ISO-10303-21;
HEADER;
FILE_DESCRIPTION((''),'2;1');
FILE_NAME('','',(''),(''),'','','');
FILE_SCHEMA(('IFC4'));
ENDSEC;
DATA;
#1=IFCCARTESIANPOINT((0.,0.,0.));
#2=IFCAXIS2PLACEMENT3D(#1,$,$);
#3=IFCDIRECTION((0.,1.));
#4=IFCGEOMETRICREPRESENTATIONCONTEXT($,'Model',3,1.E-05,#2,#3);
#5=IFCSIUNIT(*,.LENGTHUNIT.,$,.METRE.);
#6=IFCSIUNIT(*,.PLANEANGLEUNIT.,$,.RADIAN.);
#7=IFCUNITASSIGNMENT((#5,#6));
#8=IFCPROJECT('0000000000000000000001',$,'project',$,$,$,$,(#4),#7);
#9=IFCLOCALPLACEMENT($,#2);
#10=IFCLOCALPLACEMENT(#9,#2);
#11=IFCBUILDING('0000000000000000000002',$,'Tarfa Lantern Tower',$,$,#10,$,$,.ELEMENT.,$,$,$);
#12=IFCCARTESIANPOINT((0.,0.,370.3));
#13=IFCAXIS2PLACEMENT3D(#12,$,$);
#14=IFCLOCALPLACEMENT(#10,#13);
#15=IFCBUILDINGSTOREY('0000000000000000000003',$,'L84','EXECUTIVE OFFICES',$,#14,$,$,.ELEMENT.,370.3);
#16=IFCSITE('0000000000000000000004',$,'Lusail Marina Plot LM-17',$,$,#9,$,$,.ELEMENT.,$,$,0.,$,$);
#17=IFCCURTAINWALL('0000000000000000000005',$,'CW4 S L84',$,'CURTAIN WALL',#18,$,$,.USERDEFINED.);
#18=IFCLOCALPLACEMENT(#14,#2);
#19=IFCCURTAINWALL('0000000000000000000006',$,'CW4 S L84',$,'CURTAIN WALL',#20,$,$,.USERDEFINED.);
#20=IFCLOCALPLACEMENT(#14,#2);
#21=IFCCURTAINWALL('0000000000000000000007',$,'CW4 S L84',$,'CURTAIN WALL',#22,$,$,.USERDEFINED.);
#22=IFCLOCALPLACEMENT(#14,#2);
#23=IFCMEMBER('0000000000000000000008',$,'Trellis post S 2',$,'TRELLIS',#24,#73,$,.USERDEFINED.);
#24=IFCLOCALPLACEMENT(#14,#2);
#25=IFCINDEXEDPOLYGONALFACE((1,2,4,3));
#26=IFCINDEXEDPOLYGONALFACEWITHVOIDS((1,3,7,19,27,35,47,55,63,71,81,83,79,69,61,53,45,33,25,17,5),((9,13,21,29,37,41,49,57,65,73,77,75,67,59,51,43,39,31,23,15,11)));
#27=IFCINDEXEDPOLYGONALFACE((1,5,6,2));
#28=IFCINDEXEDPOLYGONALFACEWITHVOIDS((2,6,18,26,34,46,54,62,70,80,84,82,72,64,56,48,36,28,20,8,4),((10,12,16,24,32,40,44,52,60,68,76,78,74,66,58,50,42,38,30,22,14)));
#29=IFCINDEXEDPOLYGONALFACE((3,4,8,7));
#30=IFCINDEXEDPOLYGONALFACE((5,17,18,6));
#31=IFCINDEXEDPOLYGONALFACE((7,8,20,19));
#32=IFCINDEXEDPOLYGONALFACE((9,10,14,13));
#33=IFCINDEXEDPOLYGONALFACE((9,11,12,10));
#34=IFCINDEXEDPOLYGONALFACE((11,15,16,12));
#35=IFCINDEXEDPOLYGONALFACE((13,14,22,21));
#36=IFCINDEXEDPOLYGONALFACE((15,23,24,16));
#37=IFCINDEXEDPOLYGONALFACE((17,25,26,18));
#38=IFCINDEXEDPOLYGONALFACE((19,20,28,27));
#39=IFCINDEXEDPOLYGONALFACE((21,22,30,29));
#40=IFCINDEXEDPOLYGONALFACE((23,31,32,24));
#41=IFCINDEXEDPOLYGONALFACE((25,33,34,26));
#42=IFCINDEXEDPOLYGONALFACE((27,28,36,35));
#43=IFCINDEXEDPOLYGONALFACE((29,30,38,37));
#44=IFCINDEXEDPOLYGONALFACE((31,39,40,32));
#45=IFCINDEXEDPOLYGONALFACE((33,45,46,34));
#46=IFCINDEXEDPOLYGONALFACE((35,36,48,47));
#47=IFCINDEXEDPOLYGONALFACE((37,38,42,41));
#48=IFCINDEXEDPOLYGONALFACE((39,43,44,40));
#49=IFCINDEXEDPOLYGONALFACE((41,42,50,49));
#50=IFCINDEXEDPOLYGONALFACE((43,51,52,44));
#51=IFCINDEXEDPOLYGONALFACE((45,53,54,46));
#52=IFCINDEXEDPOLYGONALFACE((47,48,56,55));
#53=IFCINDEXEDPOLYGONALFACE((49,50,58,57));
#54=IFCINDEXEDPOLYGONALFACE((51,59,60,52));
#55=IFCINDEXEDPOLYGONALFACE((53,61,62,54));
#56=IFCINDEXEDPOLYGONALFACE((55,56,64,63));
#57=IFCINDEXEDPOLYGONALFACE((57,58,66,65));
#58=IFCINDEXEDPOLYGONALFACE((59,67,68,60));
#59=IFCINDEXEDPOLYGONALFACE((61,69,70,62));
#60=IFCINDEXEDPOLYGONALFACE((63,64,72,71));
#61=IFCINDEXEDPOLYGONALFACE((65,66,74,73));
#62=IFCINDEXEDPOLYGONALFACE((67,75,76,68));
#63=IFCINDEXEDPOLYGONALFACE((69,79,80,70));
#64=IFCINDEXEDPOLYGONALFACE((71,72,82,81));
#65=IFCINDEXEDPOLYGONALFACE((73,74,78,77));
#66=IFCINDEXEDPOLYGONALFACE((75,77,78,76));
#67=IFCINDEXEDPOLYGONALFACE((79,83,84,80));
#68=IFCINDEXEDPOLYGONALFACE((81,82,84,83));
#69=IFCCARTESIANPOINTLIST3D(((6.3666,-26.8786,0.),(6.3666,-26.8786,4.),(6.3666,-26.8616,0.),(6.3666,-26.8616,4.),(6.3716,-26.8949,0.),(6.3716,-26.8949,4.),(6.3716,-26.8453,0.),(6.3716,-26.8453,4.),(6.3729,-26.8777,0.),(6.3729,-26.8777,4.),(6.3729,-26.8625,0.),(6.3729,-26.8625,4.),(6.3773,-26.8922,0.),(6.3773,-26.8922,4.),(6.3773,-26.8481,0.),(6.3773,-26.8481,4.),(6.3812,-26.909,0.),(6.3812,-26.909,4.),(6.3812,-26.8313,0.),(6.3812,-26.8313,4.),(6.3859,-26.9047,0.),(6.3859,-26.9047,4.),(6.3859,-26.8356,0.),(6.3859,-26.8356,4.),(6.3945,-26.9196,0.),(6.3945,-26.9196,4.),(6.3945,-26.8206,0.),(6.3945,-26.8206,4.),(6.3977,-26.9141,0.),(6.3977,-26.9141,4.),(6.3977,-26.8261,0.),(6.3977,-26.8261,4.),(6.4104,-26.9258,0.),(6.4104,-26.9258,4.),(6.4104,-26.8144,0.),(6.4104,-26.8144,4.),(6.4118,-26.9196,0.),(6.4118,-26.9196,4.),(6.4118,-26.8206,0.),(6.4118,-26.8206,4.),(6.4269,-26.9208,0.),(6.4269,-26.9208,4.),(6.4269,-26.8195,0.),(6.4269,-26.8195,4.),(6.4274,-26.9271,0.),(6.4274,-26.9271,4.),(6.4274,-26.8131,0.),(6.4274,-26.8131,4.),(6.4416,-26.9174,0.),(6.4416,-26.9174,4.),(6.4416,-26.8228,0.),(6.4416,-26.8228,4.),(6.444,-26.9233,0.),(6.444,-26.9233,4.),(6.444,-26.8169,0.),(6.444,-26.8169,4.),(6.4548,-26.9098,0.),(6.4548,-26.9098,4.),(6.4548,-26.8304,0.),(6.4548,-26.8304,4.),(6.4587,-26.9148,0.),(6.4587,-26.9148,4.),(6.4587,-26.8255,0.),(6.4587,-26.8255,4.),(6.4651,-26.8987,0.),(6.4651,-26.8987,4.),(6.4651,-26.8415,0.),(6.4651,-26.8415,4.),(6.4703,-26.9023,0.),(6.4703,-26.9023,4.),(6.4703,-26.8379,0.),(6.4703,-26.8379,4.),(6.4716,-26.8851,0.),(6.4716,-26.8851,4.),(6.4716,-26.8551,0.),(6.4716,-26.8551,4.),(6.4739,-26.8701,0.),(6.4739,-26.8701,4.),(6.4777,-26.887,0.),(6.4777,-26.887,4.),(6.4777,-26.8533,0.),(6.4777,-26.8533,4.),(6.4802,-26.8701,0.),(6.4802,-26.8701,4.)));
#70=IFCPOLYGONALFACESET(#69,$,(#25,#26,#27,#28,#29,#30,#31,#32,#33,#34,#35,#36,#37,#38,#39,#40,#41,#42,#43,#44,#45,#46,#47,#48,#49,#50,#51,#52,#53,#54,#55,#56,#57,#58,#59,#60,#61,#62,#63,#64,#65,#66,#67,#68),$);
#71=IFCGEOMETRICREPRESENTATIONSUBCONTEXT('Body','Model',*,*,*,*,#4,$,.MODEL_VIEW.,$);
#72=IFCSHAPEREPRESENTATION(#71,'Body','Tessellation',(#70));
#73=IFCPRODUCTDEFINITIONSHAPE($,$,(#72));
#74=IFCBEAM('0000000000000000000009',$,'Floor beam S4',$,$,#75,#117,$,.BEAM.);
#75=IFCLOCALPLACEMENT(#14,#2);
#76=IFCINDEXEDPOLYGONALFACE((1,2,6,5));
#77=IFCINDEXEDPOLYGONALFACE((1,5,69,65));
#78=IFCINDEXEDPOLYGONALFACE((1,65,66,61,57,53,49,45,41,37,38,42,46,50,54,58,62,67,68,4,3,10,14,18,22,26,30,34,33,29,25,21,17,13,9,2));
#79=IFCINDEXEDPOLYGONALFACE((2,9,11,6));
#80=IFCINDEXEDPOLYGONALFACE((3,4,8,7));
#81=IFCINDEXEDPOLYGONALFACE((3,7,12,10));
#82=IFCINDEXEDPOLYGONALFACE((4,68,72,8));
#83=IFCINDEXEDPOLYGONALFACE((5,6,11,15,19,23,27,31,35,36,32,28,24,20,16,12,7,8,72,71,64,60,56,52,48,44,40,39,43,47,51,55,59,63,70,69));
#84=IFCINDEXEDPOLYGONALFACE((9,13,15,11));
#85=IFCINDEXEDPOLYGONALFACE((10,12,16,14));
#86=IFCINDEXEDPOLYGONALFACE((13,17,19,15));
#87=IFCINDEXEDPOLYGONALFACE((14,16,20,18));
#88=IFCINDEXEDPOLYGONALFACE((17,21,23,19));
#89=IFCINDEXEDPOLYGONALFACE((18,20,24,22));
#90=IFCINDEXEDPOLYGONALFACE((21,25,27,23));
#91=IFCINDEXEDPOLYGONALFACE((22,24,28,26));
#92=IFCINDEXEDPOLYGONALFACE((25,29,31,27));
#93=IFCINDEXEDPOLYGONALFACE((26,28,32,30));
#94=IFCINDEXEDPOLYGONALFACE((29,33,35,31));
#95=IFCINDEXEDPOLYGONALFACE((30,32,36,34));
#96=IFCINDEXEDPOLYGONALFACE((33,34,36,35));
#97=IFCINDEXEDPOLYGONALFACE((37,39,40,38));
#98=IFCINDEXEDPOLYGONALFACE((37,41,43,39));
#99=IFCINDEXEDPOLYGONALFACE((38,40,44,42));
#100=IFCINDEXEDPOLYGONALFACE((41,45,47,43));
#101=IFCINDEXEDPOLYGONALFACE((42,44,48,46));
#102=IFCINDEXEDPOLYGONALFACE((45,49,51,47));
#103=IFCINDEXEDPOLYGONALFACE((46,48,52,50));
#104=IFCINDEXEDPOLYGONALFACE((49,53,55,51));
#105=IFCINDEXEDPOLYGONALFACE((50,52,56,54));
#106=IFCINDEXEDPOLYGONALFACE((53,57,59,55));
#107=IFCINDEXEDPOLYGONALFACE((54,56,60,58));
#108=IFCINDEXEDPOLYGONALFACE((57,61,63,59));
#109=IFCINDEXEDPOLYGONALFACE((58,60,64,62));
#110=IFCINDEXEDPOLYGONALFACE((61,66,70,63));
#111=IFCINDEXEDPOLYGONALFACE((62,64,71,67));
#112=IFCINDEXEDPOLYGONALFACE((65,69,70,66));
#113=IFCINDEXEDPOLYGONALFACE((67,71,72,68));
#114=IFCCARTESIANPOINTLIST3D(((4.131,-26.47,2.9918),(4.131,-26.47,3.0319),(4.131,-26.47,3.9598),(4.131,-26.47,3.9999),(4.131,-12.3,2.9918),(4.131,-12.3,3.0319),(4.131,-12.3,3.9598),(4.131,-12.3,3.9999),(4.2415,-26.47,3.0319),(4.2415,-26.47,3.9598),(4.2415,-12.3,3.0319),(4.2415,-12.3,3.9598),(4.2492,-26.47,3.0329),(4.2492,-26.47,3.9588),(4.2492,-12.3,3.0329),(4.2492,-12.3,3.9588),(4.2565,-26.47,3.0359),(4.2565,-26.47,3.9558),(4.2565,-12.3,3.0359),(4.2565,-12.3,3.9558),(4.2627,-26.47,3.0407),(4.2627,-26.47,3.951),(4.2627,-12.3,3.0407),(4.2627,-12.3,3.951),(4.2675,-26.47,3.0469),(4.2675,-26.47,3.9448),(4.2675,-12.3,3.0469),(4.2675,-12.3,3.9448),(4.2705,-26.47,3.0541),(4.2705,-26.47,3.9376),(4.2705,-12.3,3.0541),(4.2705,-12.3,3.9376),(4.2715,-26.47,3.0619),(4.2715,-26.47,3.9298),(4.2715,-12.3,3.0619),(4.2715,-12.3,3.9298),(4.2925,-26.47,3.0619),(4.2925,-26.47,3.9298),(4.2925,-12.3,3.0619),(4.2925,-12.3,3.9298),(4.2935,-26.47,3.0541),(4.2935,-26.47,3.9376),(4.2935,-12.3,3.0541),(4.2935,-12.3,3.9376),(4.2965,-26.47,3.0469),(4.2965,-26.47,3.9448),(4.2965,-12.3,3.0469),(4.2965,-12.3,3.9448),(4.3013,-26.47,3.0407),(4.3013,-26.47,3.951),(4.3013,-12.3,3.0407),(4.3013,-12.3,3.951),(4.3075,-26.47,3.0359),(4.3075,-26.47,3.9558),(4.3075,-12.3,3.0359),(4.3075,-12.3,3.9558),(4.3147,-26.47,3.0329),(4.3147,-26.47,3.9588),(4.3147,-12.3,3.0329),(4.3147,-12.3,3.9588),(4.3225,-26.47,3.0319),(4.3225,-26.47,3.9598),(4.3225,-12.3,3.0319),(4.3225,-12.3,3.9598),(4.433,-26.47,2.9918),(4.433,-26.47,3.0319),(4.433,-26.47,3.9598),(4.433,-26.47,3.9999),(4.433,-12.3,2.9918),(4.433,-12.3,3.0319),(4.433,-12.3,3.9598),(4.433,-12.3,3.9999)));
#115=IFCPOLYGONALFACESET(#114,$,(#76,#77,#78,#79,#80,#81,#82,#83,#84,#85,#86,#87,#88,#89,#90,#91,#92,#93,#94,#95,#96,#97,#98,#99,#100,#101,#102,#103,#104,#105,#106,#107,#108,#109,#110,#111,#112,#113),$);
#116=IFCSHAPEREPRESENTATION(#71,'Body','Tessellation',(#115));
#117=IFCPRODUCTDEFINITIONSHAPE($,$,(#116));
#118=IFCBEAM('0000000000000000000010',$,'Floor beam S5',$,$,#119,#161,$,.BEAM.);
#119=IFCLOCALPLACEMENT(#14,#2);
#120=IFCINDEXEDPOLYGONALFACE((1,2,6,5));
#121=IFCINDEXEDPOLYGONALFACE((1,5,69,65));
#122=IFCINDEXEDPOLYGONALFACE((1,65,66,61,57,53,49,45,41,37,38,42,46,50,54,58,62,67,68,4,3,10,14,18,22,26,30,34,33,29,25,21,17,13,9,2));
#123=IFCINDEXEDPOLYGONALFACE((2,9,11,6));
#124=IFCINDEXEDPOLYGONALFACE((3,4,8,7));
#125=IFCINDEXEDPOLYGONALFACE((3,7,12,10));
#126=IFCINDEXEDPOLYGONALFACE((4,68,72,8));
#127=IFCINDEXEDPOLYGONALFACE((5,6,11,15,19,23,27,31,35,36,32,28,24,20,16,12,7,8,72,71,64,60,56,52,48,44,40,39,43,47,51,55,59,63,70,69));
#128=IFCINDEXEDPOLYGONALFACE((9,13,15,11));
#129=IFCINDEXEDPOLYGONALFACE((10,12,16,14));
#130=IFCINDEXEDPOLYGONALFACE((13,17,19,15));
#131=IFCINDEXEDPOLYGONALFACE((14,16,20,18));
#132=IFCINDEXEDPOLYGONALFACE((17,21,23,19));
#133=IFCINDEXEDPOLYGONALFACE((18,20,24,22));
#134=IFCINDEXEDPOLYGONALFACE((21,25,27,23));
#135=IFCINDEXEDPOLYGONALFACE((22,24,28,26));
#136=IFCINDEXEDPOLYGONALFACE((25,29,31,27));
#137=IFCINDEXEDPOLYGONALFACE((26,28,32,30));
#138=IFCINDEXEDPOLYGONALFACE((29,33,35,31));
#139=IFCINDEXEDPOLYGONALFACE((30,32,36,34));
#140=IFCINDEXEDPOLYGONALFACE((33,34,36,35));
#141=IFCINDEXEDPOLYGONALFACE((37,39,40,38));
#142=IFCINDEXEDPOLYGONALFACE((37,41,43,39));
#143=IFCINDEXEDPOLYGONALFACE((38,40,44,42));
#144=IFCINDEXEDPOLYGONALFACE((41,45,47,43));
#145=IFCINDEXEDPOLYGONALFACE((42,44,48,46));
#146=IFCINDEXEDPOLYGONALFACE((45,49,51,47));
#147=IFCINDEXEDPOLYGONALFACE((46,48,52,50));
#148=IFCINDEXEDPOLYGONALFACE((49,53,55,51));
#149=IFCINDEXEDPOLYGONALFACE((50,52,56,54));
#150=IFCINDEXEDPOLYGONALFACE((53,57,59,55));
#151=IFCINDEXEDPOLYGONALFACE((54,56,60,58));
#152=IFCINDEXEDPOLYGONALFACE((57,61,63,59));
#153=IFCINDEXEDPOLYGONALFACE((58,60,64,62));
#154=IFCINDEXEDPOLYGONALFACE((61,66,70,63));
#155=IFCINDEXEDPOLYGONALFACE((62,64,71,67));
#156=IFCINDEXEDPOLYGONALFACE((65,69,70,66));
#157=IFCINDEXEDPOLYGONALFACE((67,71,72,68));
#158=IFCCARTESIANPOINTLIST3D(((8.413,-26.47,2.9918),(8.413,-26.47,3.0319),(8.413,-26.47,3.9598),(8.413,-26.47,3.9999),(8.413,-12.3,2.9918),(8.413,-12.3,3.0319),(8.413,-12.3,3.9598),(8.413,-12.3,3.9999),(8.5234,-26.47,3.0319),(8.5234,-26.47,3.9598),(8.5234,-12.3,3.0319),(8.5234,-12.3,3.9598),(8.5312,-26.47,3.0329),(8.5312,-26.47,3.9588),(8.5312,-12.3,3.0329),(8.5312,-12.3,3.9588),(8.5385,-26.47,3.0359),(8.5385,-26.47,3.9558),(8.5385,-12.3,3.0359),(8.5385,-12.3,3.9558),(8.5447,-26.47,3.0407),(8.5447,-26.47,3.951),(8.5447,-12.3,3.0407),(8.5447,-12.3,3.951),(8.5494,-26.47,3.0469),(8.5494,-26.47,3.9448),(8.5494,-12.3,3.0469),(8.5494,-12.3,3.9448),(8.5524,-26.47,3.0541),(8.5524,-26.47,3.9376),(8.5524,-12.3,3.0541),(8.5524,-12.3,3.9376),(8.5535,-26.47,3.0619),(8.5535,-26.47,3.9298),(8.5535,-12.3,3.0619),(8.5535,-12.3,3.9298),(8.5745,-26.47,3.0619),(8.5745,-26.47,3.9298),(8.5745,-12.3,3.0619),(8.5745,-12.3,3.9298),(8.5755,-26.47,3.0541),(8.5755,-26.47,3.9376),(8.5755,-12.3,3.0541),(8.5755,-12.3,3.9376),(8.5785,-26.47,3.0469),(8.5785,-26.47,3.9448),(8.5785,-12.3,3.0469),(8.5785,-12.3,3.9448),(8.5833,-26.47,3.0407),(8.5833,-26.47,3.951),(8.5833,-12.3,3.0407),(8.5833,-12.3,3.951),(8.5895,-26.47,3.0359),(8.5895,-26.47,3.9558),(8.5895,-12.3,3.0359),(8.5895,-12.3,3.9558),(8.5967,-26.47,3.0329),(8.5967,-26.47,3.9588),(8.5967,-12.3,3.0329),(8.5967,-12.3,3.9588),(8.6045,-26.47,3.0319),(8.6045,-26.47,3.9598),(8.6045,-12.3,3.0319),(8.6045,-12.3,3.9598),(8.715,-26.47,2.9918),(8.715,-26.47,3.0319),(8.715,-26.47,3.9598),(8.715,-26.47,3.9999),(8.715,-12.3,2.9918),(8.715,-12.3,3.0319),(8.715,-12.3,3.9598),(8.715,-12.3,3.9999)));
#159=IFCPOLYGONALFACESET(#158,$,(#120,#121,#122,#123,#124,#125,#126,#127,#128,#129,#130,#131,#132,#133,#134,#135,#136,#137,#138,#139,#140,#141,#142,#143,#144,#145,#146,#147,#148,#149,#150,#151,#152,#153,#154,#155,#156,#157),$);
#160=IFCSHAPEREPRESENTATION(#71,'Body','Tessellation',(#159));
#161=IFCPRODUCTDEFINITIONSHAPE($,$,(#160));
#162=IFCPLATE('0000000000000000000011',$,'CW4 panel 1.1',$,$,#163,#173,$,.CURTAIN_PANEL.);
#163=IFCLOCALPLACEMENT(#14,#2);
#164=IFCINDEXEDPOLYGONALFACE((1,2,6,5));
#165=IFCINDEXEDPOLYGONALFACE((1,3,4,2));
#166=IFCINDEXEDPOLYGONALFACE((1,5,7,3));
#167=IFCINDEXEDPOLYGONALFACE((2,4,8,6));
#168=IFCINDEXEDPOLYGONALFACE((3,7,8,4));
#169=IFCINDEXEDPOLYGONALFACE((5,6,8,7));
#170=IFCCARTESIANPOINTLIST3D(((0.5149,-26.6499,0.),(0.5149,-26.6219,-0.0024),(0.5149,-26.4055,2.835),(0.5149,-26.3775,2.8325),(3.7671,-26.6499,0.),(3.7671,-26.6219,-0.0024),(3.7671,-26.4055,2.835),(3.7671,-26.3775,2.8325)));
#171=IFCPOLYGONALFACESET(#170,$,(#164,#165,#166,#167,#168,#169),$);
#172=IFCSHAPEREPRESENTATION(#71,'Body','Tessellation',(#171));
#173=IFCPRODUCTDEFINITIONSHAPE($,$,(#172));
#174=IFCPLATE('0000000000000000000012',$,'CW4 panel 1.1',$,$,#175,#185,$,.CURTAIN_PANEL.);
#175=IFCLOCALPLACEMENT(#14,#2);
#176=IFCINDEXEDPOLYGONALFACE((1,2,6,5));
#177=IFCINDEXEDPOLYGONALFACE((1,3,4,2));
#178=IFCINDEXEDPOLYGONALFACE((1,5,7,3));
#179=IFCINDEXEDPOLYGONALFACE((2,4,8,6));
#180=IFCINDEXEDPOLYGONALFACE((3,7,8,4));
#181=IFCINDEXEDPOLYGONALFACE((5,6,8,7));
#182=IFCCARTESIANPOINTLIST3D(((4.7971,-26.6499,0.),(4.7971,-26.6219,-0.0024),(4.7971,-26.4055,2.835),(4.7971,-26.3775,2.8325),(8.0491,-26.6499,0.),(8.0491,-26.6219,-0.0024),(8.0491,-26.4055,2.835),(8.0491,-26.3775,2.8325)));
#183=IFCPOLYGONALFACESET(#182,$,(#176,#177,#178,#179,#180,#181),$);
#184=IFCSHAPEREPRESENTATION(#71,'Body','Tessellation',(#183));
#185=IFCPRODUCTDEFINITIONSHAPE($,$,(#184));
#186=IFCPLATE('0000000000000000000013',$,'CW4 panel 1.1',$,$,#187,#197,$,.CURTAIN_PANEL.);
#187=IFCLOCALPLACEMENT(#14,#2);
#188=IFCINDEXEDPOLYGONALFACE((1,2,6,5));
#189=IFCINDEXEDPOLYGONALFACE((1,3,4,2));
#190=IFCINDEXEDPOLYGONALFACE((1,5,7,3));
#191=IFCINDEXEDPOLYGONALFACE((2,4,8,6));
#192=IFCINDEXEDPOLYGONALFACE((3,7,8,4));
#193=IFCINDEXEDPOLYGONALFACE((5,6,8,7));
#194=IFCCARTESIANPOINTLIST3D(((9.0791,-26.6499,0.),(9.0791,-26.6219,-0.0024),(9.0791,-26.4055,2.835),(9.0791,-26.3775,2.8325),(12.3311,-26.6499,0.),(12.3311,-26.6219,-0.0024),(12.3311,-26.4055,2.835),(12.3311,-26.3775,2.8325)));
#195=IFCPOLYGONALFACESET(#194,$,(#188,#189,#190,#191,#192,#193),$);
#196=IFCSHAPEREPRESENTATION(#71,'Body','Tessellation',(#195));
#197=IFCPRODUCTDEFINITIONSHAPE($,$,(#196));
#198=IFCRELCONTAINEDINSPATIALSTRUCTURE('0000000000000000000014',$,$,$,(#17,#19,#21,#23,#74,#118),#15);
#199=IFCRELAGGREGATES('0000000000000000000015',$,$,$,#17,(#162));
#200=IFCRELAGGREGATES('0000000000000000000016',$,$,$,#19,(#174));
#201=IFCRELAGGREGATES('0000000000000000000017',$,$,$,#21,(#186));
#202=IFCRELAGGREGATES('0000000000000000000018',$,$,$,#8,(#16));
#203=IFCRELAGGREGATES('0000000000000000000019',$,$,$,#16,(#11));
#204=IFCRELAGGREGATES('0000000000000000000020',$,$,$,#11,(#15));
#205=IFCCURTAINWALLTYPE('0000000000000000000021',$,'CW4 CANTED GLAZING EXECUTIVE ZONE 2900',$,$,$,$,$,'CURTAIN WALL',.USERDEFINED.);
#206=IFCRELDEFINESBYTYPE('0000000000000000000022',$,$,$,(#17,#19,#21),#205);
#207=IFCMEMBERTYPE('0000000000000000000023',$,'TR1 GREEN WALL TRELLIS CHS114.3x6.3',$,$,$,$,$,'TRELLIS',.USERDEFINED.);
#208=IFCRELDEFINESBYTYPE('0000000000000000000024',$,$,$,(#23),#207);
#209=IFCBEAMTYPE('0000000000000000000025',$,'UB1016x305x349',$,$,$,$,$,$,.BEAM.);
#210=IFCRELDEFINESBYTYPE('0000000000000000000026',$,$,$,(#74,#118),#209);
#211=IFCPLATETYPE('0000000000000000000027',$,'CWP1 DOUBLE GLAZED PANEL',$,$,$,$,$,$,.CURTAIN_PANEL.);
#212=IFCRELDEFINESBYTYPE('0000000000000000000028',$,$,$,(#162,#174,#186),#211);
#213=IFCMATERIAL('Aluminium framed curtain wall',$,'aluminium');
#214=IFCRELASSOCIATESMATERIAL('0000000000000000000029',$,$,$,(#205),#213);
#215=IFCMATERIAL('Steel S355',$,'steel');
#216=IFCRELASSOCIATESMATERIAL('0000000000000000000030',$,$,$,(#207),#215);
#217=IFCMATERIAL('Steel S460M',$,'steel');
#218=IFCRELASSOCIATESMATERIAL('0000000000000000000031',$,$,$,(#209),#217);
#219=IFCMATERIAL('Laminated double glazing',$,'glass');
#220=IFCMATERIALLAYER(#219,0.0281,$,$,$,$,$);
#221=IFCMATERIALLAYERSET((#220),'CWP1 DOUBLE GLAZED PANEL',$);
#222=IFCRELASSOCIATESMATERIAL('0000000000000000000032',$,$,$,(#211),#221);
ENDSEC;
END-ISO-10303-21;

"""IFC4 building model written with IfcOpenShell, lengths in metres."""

from ifc_helpers import new_model, si_unit, direction, frame, origin, origin_2d, place, context, subcontext, project, spatial, polyline, hollow_circle, i_section, outline, extrude, material, layer, layer_set, material_profile, profile_set, type_object, element, aggregate, save


model = new_model("IFC4")

# Units and contexts
model_context = context("Model", 3, precision=1e-05, world=origin(), true_north=direction((0.0, 1.0)))
body_context = subcontext(model_context, "Body", "Model", "MODEL_VIEW")
ifc_project = project(units=[si_unit("LENGTHUNIT", "METRE"), si_unit("PLANEANGLEUNIT", "RADIAN")], contexts=[model_context])

# Site, building, storey
site_placement = place(None, origin())
site = spatial("IfcSite", under=ifc_project, at=site_placement, Name="Lusail Marina Plot LM-17", CompositionType="ELEMENT", RefElevation=0.0)
building_placement = place(site_placement, origin())
building = spatial("IfcBuilding", under=site, at=building_placement, Name="Tarfa Lantern Tower", CompositionType="ELEMENT")
storey_placement = place(building_placement, frame((0.0, 0.0, 370.3)))
storey = spatial("IfcBuildingStorey", under=building, at=storey_placement, Name="L84", Description="EXECUTIVE OFFICES", CompositionType="ELEMENT", Elevation=370.3)

# Curtain walls
ifc_material_1 = material(Name="Aluminium framed curtain wall", Category="aluminium")
curtain_wall_type = type_object("IfcCurtainWallType", Name="CW4 CANTED GLAZING EXECUTIVE ZONE 2900", ElementType="CURTAIN WALL", PredefinedType="USERDEFINED", material=ifc_material_1)
curtain_wall_1_placement = place(storey_placement, origin())
curtain_wall_1 = element("IfcCurtainWall", 1, at=curtain_wall_1_placement, inside=storey, type_object=curtain_wall_type, Name="CW4 S L84", ObjectType="CURTAIN WALL", PredefinedType="USERDEFINED")
curtain_wall_2_placement = place(storey_placement, origin())
curtain_wall_2 = element("IfcCurtainWall", 2, at=curtain_wall_2_placement, inside=storey, type_object=curtain_wall_type, Name="CW4 S L84", ObjectType="CURTAIN WALL", PredefinedType="USERDEFINED")

# Curtain wall
curtain_wall_3_placement = place(storey_placement, origin())
curtain_wall_3 = element("IfcCurtainWall", 3, at=curtain_wall_3_placement, inside=storey, type_object=curtain_wall_type, Name="CW4 S L84", ObjectType="CURTAIN WALL", PredefinedType="USERDEFINED")

# Member
ifc_material_2 = material(Name="Steel S355", Category="steel")
ifc_material_profile_1 = material_profile(ifc_material_2, hollow_circle(Radius=0.0571, WallThickness=0.0063, at=origin_2d()), Name="CHS114.3x6.3")
ifc_profile_set_1 = profile_set([ifc_material_profile_1], Name="Steel S355")
member_type_1 = type_object("IfcMemberType", Name="TR1 GREEN WALL TRELLIS CHS114.3x6.3", ElementType="TRELLIS", PredefinedType="USERDEFINED", material=ifc_profile_set_1)
member_1_placement = place(storey_placement, frame((6.4231, -26.8701, 0.0), z_axis=(0.0, 0.0, 1.0), x_axis=(1.0, 0.0, 0.0)))
element("IfcMember", 4, at=member_1_placement, inside=storey, type_object=member_type_1, Name="Trellis post S 2", ObjectType="TRELLIS", PredefinedType="USERDEFINED", context=body_context, shape_type="SweptSolid", body=[
    extrude(hollow_circle(Radius=0.0571, WallThickness=0.0063, at=origin_2d()), origin(), (0.0, 0.0, 1.0), 4.0),
])

# Beams
ifc_material_3 = material(Name="Steel S460M", Category="steel")
ifc_material_profile_2 = material_profile(ifc_material_3, i_section(OverallWidth=0.302, OverallDepth=1.0081, WebThickness=0.021, FlangeThickness=0.04, FilletRadius=0.03, at=origin_2d()), Name="UB1016x305x349")
ifc_profile_set_2 = profile_set([ifc_material_profile_2], Name="Steel S460M")
beam_type_1 = type_object("IfcBeamType", Name="UB1016x305x349", PredefinedType="BEAM", material=ifc_profile_set_2)
for number, where, z_axis, x_axis, name in (
    (5, (4.282, -26.47, 3.4958), (0.0, 1.0, 0.0), (-1.0, 0.0, 0.0), "Floor beam S4"),
    (6, (8.564, -26.47, 3.4958), (0.0, 1.0, 0.0), (-1.0, 0.0, 0.0), "Floor beam S5"),
):
    element("IfcBeam", number, at=place(storey_placement, frame(where, z_axis=z_axis, x_axis=x_axis)), inside=storey, type_object=beam_type_1, Name=name, PredefinedType="BEAM", context=body_context, shape_type="SweptSolid", body=[
        extrude(i_section(OverallWidth=0.302, OverallDepth=1.0081, WebThickness=0.021, FlangeThickness=0.04, FilletRadius=0.03, at=origin_2d()), origin(), (0.0, 0.0, 1.0), 14.1699),
    ])

# Plates
ifc_material_4 = material(Name="Laminated double glazing", Category="glass")
ifc_layer_1 = layer(ifc_material_4, 0.0281)
ifc_layer_set_1 = layer_set([ifc_layer_1], Name="CWP1 DOUBLE GLAZED PANEL")
plate_type = type_object("IfcPlateType", Name="CWP1 DOUBLE GLAZED PANEL", PredefinedType="CURTAIN_PANEL", material=ifc_layer_set_1)
plate_1_placement = place(storey_placement, frame((0.5149, -26.6499, 0.0), z_axis=(0.0, -0.996305, 0.085885), x_axis=(1.0, 0.0, 0.0)))
plate_1 = element("IfcPlate", 7, at=plate_1_placement, type_object=plate_type, Name="CW4 panel 1.1", PredefinedType="CURTAIN_PANEL", context=body_context, shape_type="SweptSolid", body=[
    extrude(outline(polyline([(0.0, 0.0), (3.2522, 0.0), (3.2522, 2.8455), (0.0, 2.8455), (0.0, 0.0)])), origin(), (0.0, 0.0, -1.0), 0.0281),
])
aggregate(curtain_wall_1, [plate_1])
plate_2_placement = place(storey_placement, frame((4.7971, -26.6499, 0.0), z_axis=(0.0, -0.996305, 0.085885), x_axis=(1.0, 0.0, 0.0)))
plate_2 = element("IfcPlate", 8, at=plate_2_placement, type_object=plate_type, Name="CW4 panel 1.1", PredefinedType="CURTAIN_PANEL", context=body_context, shape_type="SweptSolid", body=[
    extrude(outline(polyline([(0.0, 0.0), (3.252, 0.0), (3.252, 2.8455), (0.0, 2.8455), (0.0, 0.0)])), origin(), (0.0, 0.0, -1.0), 0.0281),
])
aggregate(curtain_wall_2, [plate_2])
plate_3_placement = place(storey_placement, frame((9.0791, -26.6499, 0.0), z_axis=(0.0, -0.996305, 0.085885), x_axis=(1.0, 0.0, 0.0)))
plate_3 = element("IfcPlate", 9, at=plate_3_placement, type_object=plate_type, Name="CW4 panel 1.1", PredefinedType="CURTAIN_PANEL", context=body_context, shape_type="SweptSolid", body=[
    extrude(outline(polyline([(0.0, 0.0), (3.252, 0.0), (3.252, 2.8455), (0.0, 2.8455), (0.0, 0.0)])), origin(), (0.0, 0.0, -1.0), 0.0281),
])
aggregate(curtain_wall_3, [plate_3])

save(model, "model.ifc")
